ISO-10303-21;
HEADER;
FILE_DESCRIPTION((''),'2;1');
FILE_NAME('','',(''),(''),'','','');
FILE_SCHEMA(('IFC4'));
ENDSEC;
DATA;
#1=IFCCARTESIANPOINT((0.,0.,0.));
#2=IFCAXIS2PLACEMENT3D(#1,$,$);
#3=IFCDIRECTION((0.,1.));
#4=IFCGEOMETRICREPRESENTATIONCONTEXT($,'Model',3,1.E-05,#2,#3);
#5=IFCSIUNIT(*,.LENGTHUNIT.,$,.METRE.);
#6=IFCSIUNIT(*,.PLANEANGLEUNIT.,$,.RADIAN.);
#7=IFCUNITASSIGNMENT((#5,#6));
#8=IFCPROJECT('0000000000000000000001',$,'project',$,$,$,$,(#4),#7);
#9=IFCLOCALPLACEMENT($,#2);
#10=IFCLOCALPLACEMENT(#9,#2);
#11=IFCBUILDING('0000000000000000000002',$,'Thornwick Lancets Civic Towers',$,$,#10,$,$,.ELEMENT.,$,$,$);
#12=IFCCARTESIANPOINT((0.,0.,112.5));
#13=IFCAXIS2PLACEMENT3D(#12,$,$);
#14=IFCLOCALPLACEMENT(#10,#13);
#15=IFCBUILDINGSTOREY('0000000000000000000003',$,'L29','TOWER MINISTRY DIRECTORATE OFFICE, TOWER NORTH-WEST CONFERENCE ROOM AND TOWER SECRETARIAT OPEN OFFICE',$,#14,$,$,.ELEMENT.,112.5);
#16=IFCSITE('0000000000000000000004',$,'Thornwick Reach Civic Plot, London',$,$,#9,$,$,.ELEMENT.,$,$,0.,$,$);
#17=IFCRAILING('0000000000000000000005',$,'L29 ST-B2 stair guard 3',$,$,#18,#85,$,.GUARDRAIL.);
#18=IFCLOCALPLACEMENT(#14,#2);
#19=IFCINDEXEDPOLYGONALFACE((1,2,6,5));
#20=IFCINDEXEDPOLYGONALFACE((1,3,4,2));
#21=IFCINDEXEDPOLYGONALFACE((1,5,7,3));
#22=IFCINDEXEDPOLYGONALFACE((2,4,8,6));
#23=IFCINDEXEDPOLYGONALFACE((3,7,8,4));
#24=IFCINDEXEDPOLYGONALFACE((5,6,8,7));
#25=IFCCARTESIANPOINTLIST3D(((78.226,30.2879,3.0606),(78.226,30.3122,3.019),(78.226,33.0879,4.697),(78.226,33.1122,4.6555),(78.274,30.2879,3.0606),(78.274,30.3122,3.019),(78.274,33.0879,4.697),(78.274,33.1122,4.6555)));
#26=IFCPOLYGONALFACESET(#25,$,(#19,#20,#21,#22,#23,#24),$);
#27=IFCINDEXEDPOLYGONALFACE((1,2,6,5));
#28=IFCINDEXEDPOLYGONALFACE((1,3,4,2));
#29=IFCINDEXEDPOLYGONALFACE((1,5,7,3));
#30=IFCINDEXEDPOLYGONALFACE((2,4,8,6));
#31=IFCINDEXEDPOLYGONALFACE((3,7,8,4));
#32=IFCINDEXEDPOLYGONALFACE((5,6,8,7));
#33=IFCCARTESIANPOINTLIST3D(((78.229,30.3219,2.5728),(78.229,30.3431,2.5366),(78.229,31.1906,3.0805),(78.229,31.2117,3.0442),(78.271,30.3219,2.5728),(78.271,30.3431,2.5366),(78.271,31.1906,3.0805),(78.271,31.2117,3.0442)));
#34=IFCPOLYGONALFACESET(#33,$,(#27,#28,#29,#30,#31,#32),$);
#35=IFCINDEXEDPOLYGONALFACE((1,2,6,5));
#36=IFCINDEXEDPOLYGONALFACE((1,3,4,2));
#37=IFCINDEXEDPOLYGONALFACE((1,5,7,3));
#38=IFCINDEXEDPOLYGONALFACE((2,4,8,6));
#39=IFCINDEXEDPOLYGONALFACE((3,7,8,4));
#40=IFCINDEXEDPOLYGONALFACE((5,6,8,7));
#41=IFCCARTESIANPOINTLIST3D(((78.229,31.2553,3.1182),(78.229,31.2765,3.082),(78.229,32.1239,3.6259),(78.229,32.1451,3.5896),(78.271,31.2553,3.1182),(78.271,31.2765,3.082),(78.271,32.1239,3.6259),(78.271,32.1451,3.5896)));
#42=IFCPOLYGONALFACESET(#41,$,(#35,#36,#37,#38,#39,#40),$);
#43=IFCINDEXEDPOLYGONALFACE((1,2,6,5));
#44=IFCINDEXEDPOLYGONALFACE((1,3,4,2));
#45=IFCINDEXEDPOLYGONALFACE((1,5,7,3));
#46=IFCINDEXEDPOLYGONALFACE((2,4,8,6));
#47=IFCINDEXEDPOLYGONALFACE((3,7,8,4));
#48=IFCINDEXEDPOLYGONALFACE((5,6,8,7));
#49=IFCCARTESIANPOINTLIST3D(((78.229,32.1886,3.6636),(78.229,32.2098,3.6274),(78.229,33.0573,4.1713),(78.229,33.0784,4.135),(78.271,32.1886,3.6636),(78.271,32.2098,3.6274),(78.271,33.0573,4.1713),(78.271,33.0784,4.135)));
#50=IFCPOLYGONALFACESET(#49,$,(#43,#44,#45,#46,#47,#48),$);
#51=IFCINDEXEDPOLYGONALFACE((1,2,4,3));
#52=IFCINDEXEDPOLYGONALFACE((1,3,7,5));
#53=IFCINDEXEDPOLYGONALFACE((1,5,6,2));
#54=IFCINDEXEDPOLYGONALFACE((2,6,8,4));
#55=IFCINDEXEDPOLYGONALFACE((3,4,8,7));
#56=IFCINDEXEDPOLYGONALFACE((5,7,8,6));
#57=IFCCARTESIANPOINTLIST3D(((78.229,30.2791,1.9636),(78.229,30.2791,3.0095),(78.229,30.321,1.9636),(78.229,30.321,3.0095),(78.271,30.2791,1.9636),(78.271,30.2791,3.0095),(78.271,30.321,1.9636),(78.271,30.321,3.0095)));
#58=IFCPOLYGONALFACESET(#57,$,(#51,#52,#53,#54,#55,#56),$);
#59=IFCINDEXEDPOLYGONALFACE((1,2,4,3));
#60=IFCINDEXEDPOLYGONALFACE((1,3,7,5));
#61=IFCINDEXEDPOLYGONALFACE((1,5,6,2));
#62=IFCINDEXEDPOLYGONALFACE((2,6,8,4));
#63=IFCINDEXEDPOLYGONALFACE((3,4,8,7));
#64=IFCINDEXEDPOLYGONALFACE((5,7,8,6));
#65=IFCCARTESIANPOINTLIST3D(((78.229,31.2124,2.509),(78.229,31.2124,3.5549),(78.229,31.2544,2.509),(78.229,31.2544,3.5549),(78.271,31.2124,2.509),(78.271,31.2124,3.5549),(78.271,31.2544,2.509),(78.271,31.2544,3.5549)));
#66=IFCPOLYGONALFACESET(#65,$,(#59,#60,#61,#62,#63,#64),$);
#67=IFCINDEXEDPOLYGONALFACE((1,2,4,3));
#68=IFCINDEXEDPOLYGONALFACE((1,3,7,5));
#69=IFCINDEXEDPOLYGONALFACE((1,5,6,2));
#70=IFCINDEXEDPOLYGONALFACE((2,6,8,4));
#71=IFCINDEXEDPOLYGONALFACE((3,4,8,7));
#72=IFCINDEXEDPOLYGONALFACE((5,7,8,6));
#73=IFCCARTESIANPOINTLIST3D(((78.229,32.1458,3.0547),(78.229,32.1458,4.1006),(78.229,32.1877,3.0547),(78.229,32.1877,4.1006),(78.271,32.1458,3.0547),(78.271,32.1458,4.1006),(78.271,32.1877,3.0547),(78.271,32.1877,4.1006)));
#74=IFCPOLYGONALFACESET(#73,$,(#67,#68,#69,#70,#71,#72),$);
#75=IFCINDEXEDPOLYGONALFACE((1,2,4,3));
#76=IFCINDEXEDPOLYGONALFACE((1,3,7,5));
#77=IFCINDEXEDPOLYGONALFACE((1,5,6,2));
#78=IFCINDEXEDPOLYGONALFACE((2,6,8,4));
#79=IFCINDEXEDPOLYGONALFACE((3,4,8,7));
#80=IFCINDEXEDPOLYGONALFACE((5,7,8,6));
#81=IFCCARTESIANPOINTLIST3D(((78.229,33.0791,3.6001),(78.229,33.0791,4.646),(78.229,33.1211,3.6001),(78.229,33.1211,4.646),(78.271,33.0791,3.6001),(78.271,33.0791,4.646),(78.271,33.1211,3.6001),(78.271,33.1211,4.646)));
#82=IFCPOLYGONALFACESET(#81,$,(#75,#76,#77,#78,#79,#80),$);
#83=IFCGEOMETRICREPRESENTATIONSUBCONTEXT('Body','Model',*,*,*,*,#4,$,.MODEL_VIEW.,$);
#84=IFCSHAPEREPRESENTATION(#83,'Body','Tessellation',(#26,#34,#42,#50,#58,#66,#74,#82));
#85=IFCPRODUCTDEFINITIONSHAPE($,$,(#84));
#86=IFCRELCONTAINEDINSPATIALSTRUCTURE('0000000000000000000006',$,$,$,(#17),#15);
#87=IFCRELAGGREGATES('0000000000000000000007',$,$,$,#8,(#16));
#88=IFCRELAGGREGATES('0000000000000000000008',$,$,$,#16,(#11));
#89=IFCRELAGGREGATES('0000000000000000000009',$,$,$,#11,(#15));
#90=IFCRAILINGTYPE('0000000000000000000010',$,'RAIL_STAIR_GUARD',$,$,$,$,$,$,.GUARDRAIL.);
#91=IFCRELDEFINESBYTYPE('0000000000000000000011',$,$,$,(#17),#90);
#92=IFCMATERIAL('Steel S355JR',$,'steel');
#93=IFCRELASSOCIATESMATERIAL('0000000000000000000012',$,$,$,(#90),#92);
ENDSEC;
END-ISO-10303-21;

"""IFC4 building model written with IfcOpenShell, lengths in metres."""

from ifc_helpers import new_model, si_unit, direction, frame, origin, origin_2d, place, context, subcontext, project, spatial, rectangle, extrude, material, type_object, element, save


model = new_model("IFC4")

# Units and contexts
model_context = context("Model", 3, precision=1e-05, world=origin(), true_north=direction((0.0, 1.0)))
body_context = subcontext(model_context, "Body", "Model", "MODEL_VIEW")
ifc_project = project(units=[si_unit("LENGTHUNIT", "METRE"), si_unit("PLANEANGLEUNIT", "RADIAN")], contexts=[model_context])

# Site, building, storey
site_placement = place(None, origin())
site = spatial("IfcSite", under=ifc_project, at=site_placement, Name="Thornwick Reach Civic Plot, London", CompositionType="ELEMENT", RefElevation=0.0)
building_placement = place(site_placement, origin())
building = spatial("IfcBuilding", under=site, at=building_placement, Name="Thornwick Lancets Civic Towers", CompositionType="ELEMENT")
storey_placement = place(building_placement, frame((0.0, 0.0, 112.5)))
storey = spatial("IfcBuildingStorey", under=building, at=storey_placement, Name="L29", Description="TOWER MINISTRY DIRECTORATE OFFICE, TOWER NORTH-WEST CONFERENCE ROOM AND TOWER SECRETARIAT OPEN OFFICE", CompositionType="ELEMENT", Elevation=112.5)

# Railing
ifc_material_1 = material(Name="Steel S355JR", Category="steel")
railing_type_1 = type_object("IfcRailingType", Name="RAIL_STAIR_GUARD", PredefinedType="GUARDRAIL", material=ifc_material_1)
railing_1_placement = place(storey_placement, frame((78.25, 30.3, 1.9636)))
element("IfcRailing", 1, at=railing_1_placement, inside=storey, type_object=railing_type_1, Name="L29 ST-B2 stair guard 3", PredefinedType="GUARDRAIL", context=body_context, shape_type="SweptSolid", body=[
    extrude(rectangle(XDim=0.0481, YDim=0.0481, at=origin_2d()), frame((0.0, 0.0, 1.0762), z_axis=(0.0, 0.863361, 0.504587), x_axis=(-1.0, 0.0, 0.0)), (0.0, 0.0, 1.0), 3.2432),
    extrude(rectangle(XDim=0.042, YDim=0.042, at=origin_2d()), frame((0.0, 0.0325, 0.5911), z_axis=(0.0, 0.863361, 0.504587), x_axis=(-1.0, 0.0, 0.0)), (0.0, 0.0, 1.0), 1.0061),
    extrude(rectangle(XDim=0.042, YDim=0.042, at=origin_2d()), frame((0.0, 0.9658, 1.1365), z_axis=(0.0, 0.863361, 0.504587), x_axis=(-1.0, 0.0, 0.0)), (0.0, 0.0, 1.0), 1.0061),
    extrude(rectangle(XDim=0.042, YDim=0.042, at=origin_2d()), frame((0.0, 1.8992, 1.6819), z_axis=(0.0, 0.863361, 0.504587), x_axis=(-1.0, 0.0, 0.0)), (0.0, 0.0, 1.0), 1.0061),
    extrude(rectangle(XDim=0.042, YDim=0.042, at=origin_2d()), origin(), (0.0, 0.0, 1.0), 1.0459),
    extrude(rectangle(XDim=0.042, YDim=0.042, at=origin_2d()), frame((0.0, 0.9333, 0.5454)), (0.0, 0.0, 1.0), 1.0459),
    extrude(rectangle(XDim=0.042, YDim=0.042, at=origin_2d()), frame((0.0, 1.8667, 1.0911)), (0.0, 0.0, 1.0), 1.0459),
    extrude(rectangle(XDim=0.042, YDim=0.042, at=origin_2d()), frame((0.0, 2.8, 1.6365)), (0.0, 0.0, 1.0), 1.0459),
])

save(model, "model.ifc")
